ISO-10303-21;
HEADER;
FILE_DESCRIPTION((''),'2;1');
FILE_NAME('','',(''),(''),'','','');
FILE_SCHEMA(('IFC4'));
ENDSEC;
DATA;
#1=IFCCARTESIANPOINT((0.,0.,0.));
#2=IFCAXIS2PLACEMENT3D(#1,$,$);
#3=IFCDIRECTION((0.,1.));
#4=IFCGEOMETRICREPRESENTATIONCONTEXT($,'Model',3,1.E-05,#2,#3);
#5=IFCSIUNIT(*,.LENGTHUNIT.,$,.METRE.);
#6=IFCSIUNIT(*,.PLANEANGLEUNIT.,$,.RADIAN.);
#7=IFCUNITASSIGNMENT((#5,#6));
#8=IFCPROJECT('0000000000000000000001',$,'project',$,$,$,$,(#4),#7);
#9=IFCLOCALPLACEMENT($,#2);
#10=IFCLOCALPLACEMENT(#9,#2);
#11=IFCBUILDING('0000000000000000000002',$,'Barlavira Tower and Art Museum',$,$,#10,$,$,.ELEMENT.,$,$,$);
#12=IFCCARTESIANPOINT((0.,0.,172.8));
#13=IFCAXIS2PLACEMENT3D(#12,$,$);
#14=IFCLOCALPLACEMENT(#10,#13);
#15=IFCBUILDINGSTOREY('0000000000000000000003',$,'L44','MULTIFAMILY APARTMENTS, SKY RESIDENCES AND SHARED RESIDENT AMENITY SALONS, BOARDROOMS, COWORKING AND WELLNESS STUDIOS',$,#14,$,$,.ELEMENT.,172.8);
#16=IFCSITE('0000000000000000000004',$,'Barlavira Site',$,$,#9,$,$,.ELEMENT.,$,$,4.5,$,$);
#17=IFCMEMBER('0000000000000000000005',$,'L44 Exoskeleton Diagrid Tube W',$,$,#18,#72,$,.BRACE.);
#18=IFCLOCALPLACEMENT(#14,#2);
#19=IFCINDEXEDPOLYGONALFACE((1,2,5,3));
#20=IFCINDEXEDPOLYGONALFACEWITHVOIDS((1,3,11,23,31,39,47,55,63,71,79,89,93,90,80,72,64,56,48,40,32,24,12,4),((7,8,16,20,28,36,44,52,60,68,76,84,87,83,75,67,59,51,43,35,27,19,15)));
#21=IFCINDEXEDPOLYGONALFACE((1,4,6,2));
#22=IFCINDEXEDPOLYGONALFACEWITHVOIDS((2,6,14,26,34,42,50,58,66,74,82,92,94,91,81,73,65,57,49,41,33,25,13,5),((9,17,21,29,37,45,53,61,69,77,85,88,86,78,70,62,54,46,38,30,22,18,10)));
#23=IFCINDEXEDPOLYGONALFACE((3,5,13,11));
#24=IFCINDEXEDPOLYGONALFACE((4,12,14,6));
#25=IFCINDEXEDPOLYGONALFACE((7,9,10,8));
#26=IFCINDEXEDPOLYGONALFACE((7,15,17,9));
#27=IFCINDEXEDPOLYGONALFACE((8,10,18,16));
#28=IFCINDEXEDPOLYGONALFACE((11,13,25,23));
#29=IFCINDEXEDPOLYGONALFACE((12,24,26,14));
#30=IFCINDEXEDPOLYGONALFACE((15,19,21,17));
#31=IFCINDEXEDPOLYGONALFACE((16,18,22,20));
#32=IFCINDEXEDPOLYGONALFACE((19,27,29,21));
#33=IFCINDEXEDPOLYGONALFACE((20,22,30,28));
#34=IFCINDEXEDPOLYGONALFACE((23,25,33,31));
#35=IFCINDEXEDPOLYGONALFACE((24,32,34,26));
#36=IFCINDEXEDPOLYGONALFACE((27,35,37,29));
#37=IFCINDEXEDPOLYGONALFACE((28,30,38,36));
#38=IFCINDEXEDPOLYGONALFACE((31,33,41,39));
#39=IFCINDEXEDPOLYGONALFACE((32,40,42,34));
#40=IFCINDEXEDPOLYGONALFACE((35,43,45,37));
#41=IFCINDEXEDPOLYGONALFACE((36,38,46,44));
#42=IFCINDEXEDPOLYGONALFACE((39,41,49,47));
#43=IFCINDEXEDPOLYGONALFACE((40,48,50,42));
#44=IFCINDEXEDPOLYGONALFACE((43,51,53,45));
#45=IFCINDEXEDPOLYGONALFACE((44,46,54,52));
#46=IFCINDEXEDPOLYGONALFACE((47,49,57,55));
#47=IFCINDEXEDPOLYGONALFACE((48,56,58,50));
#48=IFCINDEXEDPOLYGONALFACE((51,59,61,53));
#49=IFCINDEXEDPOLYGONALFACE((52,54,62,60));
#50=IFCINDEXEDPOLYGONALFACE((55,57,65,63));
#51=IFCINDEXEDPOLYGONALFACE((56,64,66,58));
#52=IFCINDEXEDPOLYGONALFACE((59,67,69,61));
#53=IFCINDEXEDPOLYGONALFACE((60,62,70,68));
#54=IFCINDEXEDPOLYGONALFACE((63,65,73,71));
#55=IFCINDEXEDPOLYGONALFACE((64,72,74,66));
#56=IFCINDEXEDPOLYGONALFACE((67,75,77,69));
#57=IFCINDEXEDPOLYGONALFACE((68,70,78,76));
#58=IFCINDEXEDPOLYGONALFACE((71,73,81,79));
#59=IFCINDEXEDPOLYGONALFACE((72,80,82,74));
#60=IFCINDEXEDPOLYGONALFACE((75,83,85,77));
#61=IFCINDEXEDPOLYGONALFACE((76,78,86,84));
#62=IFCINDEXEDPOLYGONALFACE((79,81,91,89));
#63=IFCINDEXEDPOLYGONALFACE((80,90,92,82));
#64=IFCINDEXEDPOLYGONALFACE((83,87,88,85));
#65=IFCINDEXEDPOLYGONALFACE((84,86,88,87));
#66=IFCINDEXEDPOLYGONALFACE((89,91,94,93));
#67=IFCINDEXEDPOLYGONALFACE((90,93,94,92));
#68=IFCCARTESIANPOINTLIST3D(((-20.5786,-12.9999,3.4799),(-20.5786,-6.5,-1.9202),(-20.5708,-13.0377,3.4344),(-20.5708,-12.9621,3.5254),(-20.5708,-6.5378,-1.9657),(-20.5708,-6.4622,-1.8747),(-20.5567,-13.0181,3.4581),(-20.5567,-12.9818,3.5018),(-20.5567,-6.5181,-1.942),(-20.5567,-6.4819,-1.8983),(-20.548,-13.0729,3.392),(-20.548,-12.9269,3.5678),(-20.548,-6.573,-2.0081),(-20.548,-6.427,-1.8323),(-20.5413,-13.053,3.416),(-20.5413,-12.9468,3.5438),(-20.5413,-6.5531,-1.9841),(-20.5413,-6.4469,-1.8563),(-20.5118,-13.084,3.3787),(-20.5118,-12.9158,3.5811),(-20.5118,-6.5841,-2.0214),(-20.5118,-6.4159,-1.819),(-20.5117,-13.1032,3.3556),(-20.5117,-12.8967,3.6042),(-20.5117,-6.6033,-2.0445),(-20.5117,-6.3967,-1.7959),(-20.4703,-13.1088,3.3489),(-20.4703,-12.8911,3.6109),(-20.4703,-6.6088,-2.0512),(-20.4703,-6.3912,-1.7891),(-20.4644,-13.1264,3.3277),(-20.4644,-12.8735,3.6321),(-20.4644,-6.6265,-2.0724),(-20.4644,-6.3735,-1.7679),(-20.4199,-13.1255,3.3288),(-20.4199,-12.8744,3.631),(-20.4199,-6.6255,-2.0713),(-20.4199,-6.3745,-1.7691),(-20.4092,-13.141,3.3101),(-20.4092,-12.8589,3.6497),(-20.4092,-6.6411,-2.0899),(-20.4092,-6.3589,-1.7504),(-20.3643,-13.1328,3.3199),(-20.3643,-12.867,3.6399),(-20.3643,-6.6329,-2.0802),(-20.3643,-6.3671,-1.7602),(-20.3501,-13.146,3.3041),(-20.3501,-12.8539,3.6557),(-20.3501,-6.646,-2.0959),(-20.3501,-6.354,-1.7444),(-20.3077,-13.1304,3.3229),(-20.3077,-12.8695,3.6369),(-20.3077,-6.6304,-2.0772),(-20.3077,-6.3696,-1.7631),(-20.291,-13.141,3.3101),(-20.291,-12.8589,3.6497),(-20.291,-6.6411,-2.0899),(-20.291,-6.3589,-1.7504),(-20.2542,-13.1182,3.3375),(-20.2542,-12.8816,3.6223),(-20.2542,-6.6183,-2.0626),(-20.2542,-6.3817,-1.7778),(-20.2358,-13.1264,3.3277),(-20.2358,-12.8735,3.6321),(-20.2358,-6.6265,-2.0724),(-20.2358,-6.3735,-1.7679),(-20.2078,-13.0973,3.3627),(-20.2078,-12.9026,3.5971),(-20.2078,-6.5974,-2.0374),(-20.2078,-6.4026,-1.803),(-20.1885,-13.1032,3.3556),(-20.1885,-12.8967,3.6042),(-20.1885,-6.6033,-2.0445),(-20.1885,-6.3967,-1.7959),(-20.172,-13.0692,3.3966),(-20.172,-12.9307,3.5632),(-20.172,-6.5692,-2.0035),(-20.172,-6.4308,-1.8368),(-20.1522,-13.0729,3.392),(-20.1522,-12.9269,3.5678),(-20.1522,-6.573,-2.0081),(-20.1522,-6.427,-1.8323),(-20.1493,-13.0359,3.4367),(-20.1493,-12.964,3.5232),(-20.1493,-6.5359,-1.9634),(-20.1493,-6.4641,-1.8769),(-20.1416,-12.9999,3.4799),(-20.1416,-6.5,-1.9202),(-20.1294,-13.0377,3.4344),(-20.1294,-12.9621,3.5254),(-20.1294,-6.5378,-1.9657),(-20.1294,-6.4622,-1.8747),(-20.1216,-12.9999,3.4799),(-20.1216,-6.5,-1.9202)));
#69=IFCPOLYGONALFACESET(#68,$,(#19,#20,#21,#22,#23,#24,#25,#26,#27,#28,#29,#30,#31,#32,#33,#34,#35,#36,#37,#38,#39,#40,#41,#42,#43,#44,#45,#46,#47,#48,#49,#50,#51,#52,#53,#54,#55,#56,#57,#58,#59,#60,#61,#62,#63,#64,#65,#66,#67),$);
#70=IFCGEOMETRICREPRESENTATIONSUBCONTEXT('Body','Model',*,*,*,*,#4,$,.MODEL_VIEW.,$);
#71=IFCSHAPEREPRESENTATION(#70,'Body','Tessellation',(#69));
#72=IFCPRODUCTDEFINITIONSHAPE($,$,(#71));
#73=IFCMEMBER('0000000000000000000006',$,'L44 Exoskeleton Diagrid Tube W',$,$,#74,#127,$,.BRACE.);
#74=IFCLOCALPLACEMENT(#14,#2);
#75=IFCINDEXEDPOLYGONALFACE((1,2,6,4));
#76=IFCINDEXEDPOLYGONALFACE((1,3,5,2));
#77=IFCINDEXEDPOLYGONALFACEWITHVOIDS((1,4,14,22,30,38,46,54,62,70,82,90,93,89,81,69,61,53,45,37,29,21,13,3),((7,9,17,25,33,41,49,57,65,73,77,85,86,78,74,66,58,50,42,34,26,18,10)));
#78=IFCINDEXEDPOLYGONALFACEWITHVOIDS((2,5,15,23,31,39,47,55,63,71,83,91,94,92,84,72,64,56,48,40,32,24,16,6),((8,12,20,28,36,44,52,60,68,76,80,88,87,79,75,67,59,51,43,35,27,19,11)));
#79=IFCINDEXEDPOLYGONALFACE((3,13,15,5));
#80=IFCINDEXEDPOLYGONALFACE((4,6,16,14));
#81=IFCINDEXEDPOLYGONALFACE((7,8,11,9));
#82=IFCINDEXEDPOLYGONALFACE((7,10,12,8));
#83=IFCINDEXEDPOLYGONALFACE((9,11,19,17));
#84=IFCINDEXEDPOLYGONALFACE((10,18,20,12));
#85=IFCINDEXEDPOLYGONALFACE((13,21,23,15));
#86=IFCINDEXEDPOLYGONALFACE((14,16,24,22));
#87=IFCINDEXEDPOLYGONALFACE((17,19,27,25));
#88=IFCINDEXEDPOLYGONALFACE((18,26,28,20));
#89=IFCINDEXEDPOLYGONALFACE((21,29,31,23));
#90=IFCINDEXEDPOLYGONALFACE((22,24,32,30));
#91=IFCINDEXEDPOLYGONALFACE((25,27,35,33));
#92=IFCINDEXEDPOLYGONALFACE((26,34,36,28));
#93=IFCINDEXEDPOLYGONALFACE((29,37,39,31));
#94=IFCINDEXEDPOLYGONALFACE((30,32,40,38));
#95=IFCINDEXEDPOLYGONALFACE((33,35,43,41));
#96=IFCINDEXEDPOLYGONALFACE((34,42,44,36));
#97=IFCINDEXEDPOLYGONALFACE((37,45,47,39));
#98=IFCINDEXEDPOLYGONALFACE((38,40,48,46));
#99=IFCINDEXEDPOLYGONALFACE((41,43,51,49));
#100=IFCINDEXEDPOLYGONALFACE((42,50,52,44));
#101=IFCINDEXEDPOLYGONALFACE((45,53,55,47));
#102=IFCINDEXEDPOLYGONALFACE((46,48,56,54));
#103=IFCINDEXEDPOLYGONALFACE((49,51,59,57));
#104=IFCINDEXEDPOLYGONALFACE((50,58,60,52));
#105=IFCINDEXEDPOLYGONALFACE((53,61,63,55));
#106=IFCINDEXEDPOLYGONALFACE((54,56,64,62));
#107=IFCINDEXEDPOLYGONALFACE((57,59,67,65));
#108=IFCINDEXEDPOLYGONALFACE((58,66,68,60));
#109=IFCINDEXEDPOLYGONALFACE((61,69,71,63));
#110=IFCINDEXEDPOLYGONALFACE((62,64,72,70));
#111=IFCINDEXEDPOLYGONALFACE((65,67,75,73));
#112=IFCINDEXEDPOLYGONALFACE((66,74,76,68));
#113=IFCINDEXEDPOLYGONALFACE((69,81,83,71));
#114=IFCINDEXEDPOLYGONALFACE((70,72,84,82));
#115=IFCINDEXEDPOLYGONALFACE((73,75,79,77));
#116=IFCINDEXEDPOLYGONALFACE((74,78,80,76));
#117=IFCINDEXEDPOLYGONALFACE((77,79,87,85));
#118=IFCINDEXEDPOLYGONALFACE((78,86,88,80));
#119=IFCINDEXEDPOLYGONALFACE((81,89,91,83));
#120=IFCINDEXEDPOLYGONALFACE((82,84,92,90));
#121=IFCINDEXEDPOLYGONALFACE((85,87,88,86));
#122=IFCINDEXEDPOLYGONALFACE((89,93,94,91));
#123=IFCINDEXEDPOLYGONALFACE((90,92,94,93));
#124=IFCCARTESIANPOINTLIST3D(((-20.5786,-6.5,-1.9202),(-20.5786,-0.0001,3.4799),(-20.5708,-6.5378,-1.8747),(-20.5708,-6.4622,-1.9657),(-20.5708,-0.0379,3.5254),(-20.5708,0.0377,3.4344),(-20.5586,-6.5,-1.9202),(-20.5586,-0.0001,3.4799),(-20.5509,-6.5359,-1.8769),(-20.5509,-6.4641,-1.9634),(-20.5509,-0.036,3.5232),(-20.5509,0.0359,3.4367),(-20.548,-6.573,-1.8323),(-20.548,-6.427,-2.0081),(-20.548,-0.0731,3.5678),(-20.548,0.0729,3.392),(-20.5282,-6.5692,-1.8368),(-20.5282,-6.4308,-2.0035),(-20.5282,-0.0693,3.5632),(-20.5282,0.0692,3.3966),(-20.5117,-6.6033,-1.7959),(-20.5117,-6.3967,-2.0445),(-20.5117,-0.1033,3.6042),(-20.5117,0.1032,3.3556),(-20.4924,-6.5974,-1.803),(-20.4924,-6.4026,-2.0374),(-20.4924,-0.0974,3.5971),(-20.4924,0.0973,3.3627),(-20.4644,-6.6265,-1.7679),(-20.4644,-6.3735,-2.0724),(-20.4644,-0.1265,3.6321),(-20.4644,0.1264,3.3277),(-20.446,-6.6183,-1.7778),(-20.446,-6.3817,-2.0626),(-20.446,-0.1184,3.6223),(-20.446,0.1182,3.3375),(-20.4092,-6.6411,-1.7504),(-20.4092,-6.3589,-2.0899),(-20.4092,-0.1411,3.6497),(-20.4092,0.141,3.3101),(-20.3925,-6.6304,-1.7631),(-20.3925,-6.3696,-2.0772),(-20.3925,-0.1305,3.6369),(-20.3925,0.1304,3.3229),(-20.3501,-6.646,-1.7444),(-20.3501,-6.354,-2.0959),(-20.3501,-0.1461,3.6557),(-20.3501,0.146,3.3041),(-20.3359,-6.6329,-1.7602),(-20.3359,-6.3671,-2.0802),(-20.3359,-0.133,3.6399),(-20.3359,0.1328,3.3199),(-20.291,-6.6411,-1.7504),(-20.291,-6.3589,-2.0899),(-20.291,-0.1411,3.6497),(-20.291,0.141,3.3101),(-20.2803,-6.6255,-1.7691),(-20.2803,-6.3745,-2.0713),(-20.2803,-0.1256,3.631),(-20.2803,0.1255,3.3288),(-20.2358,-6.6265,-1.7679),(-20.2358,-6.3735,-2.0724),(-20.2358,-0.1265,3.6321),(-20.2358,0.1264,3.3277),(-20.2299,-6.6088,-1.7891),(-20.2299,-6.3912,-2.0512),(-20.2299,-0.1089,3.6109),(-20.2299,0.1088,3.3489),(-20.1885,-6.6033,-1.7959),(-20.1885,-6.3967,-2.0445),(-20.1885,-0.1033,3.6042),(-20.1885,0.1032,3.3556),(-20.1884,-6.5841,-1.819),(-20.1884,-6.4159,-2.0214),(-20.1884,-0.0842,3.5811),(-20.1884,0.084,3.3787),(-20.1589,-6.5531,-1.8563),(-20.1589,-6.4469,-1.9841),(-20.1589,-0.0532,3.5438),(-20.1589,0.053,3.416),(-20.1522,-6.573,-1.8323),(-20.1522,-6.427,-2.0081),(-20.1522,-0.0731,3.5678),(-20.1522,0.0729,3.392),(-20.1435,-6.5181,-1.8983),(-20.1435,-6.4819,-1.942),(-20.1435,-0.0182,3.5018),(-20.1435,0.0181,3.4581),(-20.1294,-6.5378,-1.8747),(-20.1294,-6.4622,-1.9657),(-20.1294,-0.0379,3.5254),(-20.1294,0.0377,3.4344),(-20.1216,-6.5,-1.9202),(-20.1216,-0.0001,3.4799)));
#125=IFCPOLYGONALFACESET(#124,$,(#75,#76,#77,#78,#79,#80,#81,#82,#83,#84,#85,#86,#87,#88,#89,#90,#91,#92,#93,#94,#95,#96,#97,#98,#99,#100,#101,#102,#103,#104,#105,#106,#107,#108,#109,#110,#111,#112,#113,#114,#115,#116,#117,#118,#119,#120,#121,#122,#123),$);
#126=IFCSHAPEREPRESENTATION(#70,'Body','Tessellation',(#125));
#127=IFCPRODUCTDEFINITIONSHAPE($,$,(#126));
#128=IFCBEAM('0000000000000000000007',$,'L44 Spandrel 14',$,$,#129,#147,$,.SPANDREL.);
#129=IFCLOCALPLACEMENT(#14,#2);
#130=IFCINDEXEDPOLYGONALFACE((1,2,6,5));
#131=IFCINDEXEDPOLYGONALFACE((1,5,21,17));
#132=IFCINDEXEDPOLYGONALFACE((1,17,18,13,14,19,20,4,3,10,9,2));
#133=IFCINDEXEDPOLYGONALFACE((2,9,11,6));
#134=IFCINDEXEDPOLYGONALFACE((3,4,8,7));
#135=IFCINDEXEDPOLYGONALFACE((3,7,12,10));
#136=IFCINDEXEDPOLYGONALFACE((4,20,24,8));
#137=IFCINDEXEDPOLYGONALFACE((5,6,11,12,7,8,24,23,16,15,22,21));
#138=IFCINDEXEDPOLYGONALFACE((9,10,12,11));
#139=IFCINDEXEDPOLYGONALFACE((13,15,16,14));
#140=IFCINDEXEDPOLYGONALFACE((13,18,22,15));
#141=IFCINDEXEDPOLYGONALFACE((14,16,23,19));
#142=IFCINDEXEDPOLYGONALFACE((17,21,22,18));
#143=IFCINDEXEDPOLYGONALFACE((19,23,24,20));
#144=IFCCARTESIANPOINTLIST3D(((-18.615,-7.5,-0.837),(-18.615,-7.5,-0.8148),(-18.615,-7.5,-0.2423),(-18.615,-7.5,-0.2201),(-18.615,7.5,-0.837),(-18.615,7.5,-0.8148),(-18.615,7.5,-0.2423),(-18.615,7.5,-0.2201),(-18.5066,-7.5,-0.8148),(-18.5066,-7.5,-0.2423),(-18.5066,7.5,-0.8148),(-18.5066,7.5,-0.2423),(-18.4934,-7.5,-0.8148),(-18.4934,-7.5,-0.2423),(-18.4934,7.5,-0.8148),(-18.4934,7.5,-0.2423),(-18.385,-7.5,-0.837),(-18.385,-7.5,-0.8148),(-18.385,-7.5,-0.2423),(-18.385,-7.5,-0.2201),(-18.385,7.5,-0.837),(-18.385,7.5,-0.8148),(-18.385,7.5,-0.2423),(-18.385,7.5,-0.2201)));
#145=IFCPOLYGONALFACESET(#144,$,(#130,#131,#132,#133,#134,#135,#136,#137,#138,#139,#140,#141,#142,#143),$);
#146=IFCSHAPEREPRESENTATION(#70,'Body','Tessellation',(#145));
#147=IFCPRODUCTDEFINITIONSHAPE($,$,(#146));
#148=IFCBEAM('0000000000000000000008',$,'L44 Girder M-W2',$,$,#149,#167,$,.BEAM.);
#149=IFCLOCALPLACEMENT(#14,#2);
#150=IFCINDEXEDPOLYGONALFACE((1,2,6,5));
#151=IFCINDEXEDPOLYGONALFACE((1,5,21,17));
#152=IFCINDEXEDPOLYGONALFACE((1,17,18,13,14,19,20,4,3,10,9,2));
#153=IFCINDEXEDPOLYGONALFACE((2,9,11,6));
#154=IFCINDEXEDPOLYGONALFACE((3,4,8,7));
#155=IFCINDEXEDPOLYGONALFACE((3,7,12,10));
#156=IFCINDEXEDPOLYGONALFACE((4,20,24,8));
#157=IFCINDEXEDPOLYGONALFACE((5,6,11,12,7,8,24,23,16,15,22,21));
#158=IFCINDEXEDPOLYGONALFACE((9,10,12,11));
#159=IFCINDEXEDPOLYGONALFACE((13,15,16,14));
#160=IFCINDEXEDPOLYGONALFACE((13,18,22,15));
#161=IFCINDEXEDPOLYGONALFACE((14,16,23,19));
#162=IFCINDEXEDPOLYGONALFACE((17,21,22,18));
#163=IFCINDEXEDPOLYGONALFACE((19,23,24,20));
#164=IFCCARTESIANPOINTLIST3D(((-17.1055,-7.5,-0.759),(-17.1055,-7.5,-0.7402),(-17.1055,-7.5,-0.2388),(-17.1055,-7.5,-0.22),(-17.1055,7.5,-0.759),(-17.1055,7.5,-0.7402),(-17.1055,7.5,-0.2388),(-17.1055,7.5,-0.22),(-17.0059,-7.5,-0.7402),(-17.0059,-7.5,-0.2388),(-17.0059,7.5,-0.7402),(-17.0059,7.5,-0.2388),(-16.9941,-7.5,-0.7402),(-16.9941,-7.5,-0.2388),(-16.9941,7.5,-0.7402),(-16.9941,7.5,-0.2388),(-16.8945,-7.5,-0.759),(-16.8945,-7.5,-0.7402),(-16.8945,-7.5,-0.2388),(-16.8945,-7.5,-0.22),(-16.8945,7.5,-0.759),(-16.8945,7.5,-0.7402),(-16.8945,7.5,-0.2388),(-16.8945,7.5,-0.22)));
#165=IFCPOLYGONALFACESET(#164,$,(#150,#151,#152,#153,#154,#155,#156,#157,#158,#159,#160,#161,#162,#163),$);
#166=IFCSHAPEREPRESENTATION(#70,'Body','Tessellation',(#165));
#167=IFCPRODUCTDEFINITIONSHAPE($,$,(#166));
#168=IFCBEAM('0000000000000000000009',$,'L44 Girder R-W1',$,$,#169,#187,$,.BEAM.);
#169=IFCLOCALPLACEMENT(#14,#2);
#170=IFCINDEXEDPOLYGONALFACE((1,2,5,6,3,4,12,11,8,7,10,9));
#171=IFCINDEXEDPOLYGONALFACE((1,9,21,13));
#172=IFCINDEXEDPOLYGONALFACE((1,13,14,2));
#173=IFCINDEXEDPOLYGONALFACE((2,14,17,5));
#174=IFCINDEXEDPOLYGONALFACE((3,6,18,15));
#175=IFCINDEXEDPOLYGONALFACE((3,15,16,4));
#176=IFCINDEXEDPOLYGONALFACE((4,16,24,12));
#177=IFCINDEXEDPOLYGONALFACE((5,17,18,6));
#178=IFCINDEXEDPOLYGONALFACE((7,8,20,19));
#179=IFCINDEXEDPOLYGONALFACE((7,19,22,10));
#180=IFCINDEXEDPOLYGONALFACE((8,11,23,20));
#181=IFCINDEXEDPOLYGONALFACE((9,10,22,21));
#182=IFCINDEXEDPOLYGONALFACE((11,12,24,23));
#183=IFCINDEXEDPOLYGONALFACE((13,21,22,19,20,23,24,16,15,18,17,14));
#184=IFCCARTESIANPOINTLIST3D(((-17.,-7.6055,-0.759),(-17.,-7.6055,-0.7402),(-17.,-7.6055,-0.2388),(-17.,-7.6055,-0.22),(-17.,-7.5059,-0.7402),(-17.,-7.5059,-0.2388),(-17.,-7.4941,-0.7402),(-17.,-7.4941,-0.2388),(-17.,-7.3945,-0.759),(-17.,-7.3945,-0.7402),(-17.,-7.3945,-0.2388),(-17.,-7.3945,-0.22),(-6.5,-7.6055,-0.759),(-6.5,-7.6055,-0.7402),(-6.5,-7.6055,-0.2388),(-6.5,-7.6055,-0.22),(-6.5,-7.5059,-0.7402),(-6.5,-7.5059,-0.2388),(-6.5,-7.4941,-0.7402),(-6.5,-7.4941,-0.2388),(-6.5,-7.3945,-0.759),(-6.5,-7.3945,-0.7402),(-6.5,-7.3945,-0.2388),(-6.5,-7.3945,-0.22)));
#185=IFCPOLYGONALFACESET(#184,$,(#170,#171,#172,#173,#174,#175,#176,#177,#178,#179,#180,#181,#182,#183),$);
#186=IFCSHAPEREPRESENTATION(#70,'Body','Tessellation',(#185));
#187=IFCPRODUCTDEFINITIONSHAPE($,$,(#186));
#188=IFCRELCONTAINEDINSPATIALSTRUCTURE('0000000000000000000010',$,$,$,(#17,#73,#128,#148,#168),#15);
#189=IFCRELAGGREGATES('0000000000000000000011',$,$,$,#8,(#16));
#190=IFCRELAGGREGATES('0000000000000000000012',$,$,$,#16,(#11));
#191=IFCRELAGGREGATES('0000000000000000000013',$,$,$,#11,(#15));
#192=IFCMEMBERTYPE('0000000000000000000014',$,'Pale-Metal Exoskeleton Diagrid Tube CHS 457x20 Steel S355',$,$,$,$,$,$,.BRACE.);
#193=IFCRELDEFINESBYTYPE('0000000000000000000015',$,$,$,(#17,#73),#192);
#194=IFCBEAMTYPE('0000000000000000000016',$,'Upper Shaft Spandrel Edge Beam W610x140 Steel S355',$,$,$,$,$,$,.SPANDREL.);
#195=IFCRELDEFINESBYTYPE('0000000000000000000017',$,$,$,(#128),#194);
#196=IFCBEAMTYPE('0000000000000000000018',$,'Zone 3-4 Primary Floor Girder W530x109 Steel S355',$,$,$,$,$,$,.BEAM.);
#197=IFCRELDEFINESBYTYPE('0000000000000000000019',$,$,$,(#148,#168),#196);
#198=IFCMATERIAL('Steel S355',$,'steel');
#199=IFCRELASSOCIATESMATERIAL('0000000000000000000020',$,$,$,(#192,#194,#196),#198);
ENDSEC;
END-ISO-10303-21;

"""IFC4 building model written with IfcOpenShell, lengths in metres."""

from ifc_helpers import new_model, si_unit, direction, frame, origin, origin_2d, place, context, subcontext, project, spatial, hollow_circle, i_section, extrude, material, material_profile, profile_set, type_object, element, save


model = new_model("IFC4")

# Units and contexts
model_context = context("Model", 3, precision=1e-05, world=origin(), true_north=direction((0.0, 1.0)))
body_context = subcontext(model_context, "Body", "Model", "MODEL_VIEW")
ifc_project = project(units=[si_unit("LENGTHUNIT", "METRE"), si_unit("PLANEANGLEUNIT", "RADIAN")], contexts=[model_context])

# Site, building, storey
site_placement = place(None, origin())
site = spatial("IfcSite", under=ifc_project, at=site_placement, Name="Barlavira Site", CompositionType="ELEMENT", RefElevation=4.5)
building_placement = place(site_placement, origin())
building = spatial("IfcBuilding", under=site, at=building_placement, Name="Barlavira Tower and Art Museum", CompositionType="ELEMENT")
storey_placement = place(building_placement, frame((0.0, 0.0, 172.8)))
storey = spatial("IfcBuildingStorey", under=building, at=storey_placement, Name="L44", Description="MULTIFAMILY APARTMENTS, SKY RESIDENCES AND SHARED RESIDENT AMENITY SALONS, BOARDROOMS, COWORKING AND WELLNESS STUDIOS", CompositionType="ELEMENT", Elevation=172.8)

# Members
ifc_material_1 = material(Name="Steel S355", Category="steel")
ifc_material_profile_1 = material_profile(ifc_material_1, hollow_circle(Radius=0.2285, WallThickness=0.02, at=origin_2d()), Name="CHS 457.0x20.0")
ifc_profile_set_1 = profile_set([ifc_material_profile_1], Name="Steel S355")
member_type_1 = type_object("IfcMemberType", Name="Pale-Metal Exoskeleton Diagrid Tube CHS 457x20 Steel S355", PredefinedType="BRACE", material=ifc_profile_set_1)
for number, where, z_axis, x_axis, name in (
    (1, (-20.3501, -6.5, -1.9202), (0.0, -0.769182, 0.63903), (1.0, 0.0, 0.0), "L44 Exoskeleton Diagrid Tube W"),
    (2, (-20.3501, -6.5, -1.9202), (0.0, 0.769182, 0.63903), (-1.0, 0.0, 0.0), "L44 Exoskeleton Diagrid Tube W"),
):
    element("IfcMember", number, at=place(storey_placement, frame(where, z_axis=z_axis, x_axis=x_axis)), inside=storey, type_object=member_type_1, Name=name, PredefinedType="BRACE", context=body_context, shape_type="SweptSolid", body=[
        extrude(hollow_circle(Radius=0.2285, WallThickness=0.02, at=origin_2d()), origin(), (0.0, 0.0, 1.0), 8.4504),
    ])

# Beams
ifc_material_profile_2 = material_profile(ifc_material_1, i_section(OverallWidth=0.23, OverallDepth=0.6169, WebThickness=0.0132, FlangeThickness=0.0222, at=origin_2d()), Name="W610x140.0")
ifc_profile_set_2 = profile_set([ifc_material_profile_2], Name="Steel S355")
beam_type_1 = type_object("IfcBeamType", Name="Upper Shaft Spandrel Edge Beam W610x140 Steel S355", PredefinedType="SPANDREL", material=ifc_profile_set_2)
beam_1_placement = place(storey_placement, frame((-18.5, -7.5, -0.5286), z_axis=(0.0, 1.0, 0.0), x_axis=(-1.0, 0.0, 0.0)))
element("IfcBeam", 3, at=beam_1_placement, inside=storey, type_object=beam_type_1, Name="L44 Spandrel 14", PredefinedType="SPANDREL", context=body_context, shape_type="SweptSolid", body=[
    extrude(i_section(OverallWidth=0.23, OverallDepth=0.6169, WebThickness=0.0132, FlangeThickness=0.0222, at=origin_2d()), origin(), (0.0, 0.0, 1.0), 15.0),
])
ifc_material_profile_3 = material_profile(ifc_material_1, i_section(OverallWidth=0.2109, OverallDepth=0.5391, WebThickness=0.0117, FlangeThickness=0.0188, at=origin_2d()), Name="W530x109.0")
ifc_profile_set_3 = profile_set([ifc_material_profile_3], Name="Steel S355")
beam_type_2 = type_object("IfcBeamType", Name="Zone 3-4 Primary Floor Girder W530x109 Steel S355", PredefinedType="BEAM", material=ifc_profile_set_3)
beam_2_placement = place(storey_placement, frame((-17.0, -7.5, -0.4895), z_axis=(0.0, 1.0, 0.0), x_axis=(-1.0, 0.0, 0.0)))
element("IfcBeam", 4, at=beam_2_placement, inside=storey, type_object=beam_type_2, Name="L44 Girder M-W2", PredefinedType="BEAM", context=body_context, shape_type="SweptSolid", body=[
    extrude(i_section(OverallWidth=0.2109, OverallDepth=0.5391, WebThickness=0.0117, FlangeThickness=0.0188, at=origin_2d()), origin(), (0.0, 0.0, 1.0), 15.0),
])
beam_3_placement = place(storey_placement, frame((-17.0, -7.5, -0.4895), z_axis=(1.0, 0.0, 0.0), x_axis=(0.0, 1.0, 0.0)))
element("IfcBeam", 5, at=beam_3_placement, inside=storey, type_object=beam_type_2, Name="L44 Girder R-W1", PredefinedType="BEAM", context=body_context, shape_type="SweptSolid", body=[
    extrude(i_section(OverallWidth=0.2109, OverallDepth=0.5391, WebThickness=0.0117, FlangeThickness=0.0188, at=origin_2d()), origin(), (0.0, 0.0, 1.0), 10.5),
])

save(model, "model.ifc")
